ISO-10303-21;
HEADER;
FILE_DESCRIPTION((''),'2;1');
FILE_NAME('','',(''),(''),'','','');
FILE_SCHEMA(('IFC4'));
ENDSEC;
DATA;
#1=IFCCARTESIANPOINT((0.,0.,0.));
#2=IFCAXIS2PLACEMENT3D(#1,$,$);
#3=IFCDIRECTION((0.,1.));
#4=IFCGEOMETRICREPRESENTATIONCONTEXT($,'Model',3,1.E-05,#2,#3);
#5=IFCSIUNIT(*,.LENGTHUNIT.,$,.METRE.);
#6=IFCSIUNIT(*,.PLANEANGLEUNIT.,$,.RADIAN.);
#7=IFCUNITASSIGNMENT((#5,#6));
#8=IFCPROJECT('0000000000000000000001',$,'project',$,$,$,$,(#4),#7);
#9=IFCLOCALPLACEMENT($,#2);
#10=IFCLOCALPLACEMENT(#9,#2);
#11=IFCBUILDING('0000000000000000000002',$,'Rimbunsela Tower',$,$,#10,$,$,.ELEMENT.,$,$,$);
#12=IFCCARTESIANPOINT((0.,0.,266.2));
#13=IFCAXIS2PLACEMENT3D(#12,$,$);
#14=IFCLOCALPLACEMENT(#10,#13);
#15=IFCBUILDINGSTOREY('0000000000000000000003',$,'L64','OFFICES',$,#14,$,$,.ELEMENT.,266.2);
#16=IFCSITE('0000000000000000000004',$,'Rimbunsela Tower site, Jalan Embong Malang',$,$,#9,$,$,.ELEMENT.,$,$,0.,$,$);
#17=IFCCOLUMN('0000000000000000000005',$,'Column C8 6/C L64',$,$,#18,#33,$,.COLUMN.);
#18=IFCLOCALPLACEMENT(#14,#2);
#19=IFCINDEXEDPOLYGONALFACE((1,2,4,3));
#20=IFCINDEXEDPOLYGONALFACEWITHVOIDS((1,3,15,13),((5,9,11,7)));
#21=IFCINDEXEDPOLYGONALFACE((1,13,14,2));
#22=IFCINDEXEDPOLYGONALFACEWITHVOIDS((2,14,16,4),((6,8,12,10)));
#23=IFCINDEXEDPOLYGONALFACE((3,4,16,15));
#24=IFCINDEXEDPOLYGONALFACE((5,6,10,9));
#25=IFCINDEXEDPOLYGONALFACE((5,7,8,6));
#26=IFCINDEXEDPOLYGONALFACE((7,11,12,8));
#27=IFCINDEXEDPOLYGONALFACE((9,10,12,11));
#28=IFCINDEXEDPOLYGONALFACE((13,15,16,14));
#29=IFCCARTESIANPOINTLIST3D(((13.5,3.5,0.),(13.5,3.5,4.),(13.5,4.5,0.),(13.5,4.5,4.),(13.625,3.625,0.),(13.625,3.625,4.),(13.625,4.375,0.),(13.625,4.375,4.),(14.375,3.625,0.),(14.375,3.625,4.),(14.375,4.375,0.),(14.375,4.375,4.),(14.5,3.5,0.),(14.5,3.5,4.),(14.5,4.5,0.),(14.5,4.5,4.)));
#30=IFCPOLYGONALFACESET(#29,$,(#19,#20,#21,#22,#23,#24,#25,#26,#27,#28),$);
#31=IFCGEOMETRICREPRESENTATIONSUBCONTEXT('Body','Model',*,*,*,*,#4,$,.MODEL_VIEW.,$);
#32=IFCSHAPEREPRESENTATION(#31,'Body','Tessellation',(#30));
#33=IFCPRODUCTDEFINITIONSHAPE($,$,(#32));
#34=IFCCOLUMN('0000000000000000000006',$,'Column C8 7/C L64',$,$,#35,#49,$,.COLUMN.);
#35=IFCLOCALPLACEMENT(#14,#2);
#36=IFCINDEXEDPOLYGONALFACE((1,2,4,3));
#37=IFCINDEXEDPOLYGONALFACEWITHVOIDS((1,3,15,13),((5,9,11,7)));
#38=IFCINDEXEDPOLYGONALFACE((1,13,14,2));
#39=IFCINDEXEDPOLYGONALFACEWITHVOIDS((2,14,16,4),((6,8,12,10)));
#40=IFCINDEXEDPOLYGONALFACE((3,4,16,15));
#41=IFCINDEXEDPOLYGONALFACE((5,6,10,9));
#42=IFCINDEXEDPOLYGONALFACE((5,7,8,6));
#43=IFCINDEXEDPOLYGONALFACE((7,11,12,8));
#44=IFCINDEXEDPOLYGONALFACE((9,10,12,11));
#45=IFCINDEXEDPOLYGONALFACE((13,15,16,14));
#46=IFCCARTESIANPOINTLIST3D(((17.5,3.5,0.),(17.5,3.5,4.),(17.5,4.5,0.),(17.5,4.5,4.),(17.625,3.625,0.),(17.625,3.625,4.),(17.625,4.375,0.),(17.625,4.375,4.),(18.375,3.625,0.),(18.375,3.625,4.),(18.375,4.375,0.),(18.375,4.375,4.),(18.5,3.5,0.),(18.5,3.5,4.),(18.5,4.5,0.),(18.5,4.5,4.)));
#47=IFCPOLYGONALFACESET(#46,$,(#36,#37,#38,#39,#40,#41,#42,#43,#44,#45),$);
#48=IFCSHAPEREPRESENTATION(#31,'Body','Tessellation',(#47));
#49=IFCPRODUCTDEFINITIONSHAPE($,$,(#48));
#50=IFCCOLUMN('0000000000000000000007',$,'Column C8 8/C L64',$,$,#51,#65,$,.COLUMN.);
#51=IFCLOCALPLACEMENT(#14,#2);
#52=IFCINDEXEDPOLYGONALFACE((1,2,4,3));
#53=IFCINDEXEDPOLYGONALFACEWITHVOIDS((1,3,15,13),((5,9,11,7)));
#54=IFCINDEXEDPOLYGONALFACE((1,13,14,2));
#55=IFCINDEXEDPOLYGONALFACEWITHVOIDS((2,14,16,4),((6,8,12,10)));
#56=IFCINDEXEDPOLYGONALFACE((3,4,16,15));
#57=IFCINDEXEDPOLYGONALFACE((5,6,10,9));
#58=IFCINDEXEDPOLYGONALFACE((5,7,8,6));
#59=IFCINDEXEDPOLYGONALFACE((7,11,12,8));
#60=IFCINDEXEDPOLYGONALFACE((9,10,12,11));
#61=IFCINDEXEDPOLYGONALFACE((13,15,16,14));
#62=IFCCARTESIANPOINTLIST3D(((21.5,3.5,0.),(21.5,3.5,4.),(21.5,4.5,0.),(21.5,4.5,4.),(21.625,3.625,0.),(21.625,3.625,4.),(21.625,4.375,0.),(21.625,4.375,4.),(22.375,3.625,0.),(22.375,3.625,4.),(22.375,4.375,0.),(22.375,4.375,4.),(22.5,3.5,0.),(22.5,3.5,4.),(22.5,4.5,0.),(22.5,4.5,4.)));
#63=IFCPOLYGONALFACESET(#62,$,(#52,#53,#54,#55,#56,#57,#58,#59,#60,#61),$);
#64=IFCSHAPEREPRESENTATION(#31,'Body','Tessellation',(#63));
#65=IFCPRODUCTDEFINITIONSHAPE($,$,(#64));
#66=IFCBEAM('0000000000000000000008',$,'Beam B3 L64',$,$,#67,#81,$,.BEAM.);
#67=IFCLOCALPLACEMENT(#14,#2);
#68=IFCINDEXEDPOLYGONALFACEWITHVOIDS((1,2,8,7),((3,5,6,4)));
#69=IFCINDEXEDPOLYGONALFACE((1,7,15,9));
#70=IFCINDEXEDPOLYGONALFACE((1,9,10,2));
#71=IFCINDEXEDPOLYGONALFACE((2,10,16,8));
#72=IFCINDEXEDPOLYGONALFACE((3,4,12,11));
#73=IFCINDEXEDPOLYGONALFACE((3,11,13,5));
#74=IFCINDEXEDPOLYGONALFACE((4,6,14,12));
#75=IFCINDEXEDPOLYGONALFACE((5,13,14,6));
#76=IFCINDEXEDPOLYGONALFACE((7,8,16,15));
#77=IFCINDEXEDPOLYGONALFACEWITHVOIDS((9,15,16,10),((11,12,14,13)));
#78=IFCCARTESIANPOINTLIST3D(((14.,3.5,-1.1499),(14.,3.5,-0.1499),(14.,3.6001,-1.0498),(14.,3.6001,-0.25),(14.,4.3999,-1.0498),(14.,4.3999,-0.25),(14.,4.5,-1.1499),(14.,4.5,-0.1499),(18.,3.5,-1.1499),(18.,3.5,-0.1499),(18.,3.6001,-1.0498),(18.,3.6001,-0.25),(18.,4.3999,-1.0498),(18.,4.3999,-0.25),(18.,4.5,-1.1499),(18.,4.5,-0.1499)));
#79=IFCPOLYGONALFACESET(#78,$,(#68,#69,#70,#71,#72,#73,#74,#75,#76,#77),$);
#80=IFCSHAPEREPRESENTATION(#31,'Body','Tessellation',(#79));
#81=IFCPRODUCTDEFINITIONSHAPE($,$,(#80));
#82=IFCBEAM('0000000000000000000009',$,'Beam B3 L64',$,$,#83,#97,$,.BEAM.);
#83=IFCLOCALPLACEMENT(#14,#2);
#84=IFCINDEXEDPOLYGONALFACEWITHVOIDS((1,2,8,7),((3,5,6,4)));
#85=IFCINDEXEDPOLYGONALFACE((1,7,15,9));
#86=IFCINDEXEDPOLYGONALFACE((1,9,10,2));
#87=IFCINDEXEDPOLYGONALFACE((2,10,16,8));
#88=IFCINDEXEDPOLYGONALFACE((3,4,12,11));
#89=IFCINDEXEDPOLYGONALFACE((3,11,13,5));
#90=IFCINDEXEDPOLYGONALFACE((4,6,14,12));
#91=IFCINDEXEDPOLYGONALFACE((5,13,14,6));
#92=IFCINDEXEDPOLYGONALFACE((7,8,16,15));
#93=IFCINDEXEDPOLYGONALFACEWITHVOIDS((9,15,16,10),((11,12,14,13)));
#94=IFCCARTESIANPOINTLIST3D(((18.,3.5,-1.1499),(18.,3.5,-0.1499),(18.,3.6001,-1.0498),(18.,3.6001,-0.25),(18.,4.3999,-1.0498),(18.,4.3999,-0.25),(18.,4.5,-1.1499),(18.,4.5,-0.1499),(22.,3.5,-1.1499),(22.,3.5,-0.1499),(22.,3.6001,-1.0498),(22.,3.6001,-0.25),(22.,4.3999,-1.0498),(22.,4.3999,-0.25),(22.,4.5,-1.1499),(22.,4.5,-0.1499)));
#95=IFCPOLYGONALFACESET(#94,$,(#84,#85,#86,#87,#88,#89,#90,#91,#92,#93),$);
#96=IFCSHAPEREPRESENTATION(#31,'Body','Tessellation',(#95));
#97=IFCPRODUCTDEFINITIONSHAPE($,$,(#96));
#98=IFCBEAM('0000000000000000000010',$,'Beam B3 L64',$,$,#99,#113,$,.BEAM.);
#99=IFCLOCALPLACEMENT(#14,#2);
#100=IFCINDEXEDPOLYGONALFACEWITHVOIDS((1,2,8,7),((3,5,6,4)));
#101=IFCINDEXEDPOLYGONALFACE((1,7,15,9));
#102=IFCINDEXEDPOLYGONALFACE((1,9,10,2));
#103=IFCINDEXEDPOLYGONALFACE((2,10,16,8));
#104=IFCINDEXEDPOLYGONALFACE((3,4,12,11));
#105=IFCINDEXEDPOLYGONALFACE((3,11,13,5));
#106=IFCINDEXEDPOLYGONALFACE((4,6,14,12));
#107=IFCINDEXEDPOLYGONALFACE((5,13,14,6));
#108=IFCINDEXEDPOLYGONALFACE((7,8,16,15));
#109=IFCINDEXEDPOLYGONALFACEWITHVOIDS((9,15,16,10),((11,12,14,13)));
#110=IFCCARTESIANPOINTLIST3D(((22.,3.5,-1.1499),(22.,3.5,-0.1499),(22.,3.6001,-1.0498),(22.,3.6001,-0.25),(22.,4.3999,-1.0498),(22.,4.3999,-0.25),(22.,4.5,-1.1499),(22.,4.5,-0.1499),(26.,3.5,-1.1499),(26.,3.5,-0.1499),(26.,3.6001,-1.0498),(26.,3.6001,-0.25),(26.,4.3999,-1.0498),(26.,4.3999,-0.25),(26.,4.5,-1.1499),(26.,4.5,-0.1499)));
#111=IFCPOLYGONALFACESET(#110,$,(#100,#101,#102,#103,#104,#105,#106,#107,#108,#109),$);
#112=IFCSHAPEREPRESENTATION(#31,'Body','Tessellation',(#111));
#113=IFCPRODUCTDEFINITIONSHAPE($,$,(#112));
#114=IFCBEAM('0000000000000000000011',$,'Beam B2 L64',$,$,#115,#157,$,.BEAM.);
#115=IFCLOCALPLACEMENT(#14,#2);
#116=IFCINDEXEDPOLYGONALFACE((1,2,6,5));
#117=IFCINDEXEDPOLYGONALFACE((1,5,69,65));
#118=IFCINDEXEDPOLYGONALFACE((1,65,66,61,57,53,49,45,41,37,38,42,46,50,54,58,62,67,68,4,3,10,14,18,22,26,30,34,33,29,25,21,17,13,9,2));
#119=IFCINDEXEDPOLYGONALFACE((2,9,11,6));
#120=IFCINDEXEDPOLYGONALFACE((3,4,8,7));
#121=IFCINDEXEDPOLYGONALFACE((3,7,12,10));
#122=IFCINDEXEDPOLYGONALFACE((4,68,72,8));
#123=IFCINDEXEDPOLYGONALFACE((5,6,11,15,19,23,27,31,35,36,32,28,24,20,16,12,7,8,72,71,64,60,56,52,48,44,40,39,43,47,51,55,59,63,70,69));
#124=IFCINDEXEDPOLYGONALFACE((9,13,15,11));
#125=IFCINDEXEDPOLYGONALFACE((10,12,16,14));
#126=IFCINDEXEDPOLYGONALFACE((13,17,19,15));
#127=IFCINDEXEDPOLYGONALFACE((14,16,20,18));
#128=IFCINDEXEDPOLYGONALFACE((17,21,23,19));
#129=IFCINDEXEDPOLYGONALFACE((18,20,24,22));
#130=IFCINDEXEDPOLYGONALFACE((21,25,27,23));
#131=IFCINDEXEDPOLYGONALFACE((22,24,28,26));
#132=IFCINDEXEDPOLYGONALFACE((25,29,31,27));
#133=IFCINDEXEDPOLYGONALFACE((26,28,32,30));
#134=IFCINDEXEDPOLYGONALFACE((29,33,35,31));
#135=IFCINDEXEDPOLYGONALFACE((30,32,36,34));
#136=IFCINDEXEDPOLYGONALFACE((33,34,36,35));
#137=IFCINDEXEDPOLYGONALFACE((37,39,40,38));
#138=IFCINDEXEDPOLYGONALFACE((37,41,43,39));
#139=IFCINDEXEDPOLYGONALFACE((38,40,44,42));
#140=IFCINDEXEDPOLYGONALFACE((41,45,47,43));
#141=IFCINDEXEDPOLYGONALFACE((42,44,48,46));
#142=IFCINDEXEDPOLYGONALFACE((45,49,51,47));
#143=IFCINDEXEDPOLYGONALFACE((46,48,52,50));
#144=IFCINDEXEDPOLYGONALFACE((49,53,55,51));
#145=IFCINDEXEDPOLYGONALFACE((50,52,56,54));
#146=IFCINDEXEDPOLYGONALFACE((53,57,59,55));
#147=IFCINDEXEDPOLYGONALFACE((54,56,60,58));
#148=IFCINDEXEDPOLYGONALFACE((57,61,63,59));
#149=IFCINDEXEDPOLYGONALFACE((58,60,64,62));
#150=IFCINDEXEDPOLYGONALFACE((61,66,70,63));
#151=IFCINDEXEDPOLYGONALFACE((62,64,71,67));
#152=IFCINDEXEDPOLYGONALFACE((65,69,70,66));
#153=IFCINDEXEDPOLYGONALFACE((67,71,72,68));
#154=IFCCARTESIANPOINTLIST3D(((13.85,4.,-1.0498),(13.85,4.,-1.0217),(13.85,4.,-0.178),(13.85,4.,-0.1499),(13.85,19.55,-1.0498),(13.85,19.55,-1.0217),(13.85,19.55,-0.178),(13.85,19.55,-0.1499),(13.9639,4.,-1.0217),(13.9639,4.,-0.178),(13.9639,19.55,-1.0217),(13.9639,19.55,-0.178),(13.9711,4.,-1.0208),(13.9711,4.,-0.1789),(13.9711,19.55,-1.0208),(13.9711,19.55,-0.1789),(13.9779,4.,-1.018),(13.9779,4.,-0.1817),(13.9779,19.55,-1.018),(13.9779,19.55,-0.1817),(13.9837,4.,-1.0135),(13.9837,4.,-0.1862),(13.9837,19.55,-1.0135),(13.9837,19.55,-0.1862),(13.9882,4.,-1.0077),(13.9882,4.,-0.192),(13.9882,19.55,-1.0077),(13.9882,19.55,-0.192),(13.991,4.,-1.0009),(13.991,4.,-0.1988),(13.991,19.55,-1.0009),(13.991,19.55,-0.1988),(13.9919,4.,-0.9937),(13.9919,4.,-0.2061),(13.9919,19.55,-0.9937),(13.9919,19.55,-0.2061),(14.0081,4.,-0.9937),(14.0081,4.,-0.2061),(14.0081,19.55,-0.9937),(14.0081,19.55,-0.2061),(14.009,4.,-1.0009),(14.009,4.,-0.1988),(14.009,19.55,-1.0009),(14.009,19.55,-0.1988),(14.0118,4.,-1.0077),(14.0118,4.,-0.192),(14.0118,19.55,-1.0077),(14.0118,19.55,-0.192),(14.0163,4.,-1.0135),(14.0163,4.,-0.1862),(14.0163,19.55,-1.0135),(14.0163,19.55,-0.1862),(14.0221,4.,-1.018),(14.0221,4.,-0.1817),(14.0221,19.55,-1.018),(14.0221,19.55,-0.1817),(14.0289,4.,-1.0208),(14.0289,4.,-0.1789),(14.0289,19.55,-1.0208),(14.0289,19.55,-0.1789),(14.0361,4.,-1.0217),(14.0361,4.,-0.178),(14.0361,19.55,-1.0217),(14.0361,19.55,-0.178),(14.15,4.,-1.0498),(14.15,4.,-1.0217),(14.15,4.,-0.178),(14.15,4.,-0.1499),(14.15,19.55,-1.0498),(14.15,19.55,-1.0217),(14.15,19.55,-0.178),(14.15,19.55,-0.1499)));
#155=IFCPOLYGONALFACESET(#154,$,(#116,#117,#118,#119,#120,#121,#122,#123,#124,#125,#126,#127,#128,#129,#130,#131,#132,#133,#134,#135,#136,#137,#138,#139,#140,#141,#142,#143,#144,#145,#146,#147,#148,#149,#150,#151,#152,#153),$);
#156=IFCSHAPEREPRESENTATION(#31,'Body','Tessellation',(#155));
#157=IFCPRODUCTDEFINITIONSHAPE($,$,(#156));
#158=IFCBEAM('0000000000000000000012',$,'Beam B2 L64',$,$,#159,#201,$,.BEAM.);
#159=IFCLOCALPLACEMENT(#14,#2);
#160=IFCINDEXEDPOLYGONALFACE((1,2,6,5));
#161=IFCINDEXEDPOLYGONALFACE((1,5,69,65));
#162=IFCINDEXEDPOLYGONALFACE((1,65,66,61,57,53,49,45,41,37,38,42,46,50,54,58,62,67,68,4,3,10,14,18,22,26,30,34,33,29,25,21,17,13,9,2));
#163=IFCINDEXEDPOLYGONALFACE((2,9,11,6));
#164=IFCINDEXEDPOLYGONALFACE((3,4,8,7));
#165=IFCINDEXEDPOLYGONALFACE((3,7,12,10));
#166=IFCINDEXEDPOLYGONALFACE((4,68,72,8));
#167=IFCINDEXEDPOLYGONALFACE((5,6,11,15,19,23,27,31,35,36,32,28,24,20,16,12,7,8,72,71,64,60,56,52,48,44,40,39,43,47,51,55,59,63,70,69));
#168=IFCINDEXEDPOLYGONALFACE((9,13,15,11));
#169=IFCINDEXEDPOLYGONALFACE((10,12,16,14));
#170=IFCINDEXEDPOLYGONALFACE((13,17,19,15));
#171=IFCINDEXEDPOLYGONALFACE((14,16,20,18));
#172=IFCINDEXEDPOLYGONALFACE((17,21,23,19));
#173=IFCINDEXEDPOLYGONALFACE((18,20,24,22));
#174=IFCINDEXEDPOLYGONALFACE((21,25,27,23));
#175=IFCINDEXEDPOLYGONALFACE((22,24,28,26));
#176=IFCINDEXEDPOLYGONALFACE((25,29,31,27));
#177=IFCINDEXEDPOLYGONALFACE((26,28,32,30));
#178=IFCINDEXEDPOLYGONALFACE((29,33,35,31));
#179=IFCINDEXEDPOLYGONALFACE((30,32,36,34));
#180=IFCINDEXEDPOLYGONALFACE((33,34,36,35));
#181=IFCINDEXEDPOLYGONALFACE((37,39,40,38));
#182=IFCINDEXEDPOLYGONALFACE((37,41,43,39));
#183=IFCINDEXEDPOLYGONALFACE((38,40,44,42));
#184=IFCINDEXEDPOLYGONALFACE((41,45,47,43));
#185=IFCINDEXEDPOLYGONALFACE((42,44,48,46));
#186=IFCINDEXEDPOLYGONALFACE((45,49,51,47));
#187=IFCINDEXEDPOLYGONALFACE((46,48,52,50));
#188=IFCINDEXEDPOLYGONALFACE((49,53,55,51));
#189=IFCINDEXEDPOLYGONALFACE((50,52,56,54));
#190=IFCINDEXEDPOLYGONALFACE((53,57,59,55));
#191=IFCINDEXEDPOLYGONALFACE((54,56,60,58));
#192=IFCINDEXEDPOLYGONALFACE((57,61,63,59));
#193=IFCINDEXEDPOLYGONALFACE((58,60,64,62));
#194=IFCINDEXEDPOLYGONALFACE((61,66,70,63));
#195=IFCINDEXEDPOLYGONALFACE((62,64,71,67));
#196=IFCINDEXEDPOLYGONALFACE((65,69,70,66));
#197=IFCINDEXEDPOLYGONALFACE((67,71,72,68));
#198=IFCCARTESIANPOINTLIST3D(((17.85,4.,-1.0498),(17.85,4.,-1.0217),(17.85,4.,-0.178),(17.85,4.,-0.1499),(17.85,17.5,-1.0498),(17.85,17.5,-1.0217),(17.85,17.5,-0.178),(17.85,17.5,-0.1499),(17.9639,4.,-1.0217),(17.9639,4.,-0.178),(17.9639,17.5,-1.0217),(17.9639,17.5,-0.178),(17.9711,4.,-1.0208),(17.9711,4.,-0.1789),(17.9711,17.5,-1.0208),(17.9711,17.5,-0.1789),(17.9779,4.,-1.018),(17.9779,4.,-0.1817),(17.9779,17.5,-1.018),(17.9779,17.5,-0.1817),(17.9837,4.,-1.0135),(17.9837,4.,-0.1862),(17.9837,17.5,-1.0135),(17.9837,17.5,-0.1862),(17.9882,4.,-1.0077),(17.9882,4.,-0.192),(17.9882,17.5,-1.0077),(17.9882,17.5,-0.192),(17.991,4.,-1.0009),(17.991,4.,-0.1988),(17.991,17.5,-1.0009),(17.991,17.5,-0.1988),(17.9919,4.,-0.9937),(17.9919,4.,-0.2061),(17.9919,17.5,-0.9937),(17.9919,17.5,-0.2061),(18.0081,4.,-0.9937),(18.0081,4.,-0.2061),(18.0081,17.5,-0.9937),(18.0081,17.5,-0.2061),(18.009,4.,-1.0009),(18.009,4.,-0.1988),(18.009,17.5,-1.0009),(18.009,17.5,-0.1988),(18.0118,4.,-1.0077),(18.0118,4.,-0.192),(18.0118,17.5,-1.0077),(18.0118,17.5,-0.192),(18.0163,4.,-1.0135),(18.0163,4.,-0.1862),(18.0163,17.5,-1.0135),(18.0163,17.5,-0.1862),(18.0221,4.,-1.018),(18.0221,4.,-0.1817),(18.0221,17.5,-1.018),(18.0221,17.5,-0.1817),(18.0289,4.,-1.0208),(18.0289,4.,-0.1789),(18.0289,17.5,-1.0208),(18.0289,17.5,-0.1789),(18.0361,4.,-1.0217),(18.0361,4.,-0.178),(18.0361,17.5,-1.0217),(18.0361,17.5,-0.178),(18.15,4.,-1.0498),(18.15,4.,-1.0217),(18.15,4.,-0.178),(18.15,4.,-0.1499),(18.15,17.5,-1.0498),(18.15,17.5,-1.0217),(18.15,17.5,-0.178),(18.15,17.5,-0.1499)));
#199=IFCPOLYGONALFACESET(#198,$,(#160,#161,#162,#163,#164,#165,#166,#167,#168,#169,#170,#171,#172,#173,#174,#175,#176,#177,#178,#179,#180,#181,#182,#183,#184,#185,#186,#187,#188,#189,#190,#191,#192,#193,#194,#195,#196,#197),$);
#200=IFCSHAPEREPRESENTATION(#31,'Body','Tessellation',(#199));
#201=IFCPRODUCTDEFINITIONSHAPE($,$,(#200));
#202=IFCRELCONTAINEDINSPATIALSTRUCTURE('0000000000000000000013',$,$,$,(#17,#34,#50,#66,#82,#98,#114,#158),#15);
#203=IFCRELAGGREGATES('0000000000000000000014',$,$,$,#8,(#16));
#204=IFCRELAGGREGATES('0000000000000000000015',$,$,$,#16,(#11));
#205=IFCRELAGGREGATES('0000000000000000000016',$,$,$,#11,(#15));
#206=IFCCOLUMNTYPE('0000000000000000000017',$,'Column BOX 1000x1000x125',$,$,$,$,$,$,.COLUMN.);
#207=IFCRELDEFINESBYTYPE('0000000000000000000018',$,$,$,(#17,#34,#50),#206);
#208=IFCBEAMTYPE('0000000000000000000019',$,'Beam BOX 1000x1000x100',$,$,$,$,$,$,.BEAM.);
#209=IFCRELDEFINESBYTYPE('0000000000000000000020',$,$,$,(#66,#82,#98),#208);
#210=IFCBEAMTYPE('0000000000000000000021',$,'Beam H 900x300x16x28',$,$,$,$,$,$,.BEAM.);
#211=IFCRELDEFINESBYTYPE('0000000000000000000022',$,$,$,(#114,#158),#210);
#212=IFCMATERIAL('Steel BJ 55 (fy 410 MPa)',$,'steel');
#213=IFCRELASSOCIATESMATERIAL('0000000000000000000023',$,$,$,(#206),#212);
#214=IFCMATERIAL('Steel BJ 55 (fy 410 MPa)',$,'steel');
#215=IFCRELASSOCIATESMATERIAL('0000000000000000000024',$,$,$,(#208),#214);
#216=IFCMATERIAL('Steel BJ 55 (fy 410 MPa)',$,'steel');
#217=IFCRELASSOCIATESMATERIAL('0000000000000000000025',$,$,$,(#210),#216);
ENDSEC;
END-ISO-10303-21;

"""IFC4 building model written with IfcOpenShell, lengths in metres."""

from ifc_helpers import new_model, si_unit, direction, frame, origin, origin_2d, place, context, subcontext, project, spatial, hollow_rectangle, i_section, extrude, material, material_profile, profile_set, type_object, element, save


model = new_model("IFC4")

# Units and contexts
model_context = context("Model", 3, precision=1e-05, world=origin(), true_north=direction((0.0, 1.0)))
body_context = subcontext(model_context, "Body", "Model", "MODEL_VIEW")
ifc_project = project(units=[si_unit("LENGTHUNIT", "METRE"), si_unit("PLANEANGLEUNIT", "RADIAN")], contexts=[model_context])

# Site, building, storey
site_placement = place(None, origin())
site = spatial("IfcSite", under=ifc_project, at=site_placement, Name="Rimbunsela Tower site, Jalan Embong Malang", CompositionType="ELEMENT", RefElevation=0.0)
building_placement = place(site_placement, origin())
building = spatial("IfcBuilding", under=site, at=building_placement, Name="Rimbunsela Tower", CompositionType="ELEMENT")
storey_placement = place(building_placement, frame((0.0, 0.0, 266.2)))
storey = spatial("IfcBuildingStorey", under=building, at=storey_placement, Name="L64", Description="OFFICES", CompositionType="ELEMENT", Elevation=266.2)

# Columns
ifc_material_1 = material(Name="Steel BJ 55 (fy 410 MPa)", Category="steel")
ifc_material_profile_1 = material_profile(ifc_material_1, hollow_rectangle(XDim=1.0, YDim=1.0, WallThickness=0.125, at=origin_2d()), Name="BOX 1000x1000x125")
ifc_profile_set_1 = profile_set([ifc_material_profile_1], Name="Steel BJ 55 (fy 410 MPa)")
column_type = type_object("IfcColumnType", Name="Column BOX 1000x1000x125", PredefinedType="COLUMN", material=ifc_profile_set_1)
for number, where, z_axis, x_axis, name in (
    (1, (14.0, 4.0, 0.0), (0.0, 0.0, 1.0), (1.0, 0.0, 0.0), "Column C8 6/C L64"),
    (2, (18.0, 4.0, 0.0), (0.0, 0.0, 1.0), (1.0, 0.0, 0.0), "Column C8 7/C L64"),
    (3, (22.0, 4.0, 0.0), (0.0, 0.0, 1.0), (1.0, 0.0, 0.0), "Column C8 8/C L64"),
):
    element("IfcColumn", number, at=place(storey_placement, frame(where, z_axis=z_axis, x_axis=x_axis)), inside=storey, type_object=column_type, Name=name, PredefinedType="COLUMN", context=body_context, shape_type="SweptSolid", body=[
        extrude(hollow_rectangle(XDim=1.0, YDim=1.0, WallThickness=0.125, at=origin_2d()), origin(), (0.0, 0.0, 1.0), 4.0),
    ])

# Beams
ifc_material_2 = material(Name="Steel BJ 55 (fy 410 MPa)", Category="steel")
ifc_material_profile_2 = material_profile(ifc_material_2, hollow_rectangle(XDim=1.0, YDim=1.0, WallThickness=0.1001, at=origin_2d()), Name="BOX 1000x1000x100")
ifc_profile_set_2 = profile_set([ifc_material_profile_2], Name="Steel BJ 55 (fy 410 MPa)")
beam_type_1 = type_object("IfcBeamType", Name="Beam BOX 1000x1000x100", PredefinedType="BEAM", material=ifc_profile_set_2)
for number, where, z_axis, x_axis, name in (
    (4, (14.0, 4.0, -0.6499), (1.0, 0.0, 0.0), (0.0, 1.0, 0.0), "Beam B3 L64"),
    (5, (18.0, 4.0, -0.6499), (1.0, 0.0, 0.0), (0.0, 1.0, 0.0), "Beam B3 L64"),
    (6, (22.0, 4.0, -0.6499), (1.0, 0.0, 0.0), (0.0, 1.0, 0.0), "Beam B3 L64"),
):
    element("IfcBeam", number, at=place(storey_placement, frame(where, z_axis=z_axis, x_axis=x_axis)), inside=storey, type_object=beam_type_1, Name=name, PredefinedType="BEAM", context=body_context, shape_type="SweptSolid", body=[
        extrude(hollow_rectangle(XDim=1.0, YDim=1.0, WallThickness=0.1001, at=origin_2d()), origin(), (0.0, 0.0, 1.0), 4.0),
    ])
ifc_material_3 = material(Name="Steel BJ 55 (fy 410 MPa)", Category="steel")
ifc_material_profile_3 = material_profile(ifc_material_3, i_section(OverallWidth=0.3, OverallDepth=0.8999, WebThickness=0.0161, FlangeThickness=0.0281, FilletRadius=0.0281, at=origin_2d()), Name="H 900x300x16x28")
ifc_profile_set_3 = profile_set([ifc_material_profile_3], Name="Steel BJ 55 (fy 410 MPa)")
beam_type_2 = type_object("IfcBeamType", Name="Beam H 900x300x16x28", PredefinedType="BEAM", material=ifc_profile_set_3)
beam_placement = place(storey_placement, frame((14.0, 4.0, -0.5999), z_axis=(0.0, 1.0, 0.0), x_axis=(-1.0, 0.0, 0.0)))
element("IfcBeam", 7, at=beam_placement, inside=storey, type_object=beam_type_2, Name="Beam B2 L64", PredefinedType="BEAM", context=body_context, shape_type="SweptSolid", body=[
    extrude(i_section(OverallWidth=0.3, OverallDepth=0.8999, WebThickness=0.0161, FlangeThickness=0.0281, FilletRadius=0.0281, at=origin_2d()), origin(), (0.0, 0.0, 1.0), 15.55),
])
for number, where, z_axis, x_axis, name in (
    (8, (18.0, 4.0, -0.5999), (0.0, 1.0, 0.0), (-1.0, 0.0, 0.0), "Beam B2 L64"),
):
    element("IfcBeam", number, at=place(storey_placement, frame(where, z_axis=z_axis, x_axis=x_axis)), inside=storey, type_object=beam_type_2, Name=name, PredefinedType="BEAM", context=body_context, shape_type="SweptSolid", body=[
        extrude(i_section(OverallWidth=0.3, OverallDepth=0.8999, WebThickness=0.0161, FlangeThickness=0.0281, FilletRadius=0.0281, at=origin_2d()), origin(), (0.0, 0.0, 1.0), 13.5),
    ])

save(model, "model.ifc")
